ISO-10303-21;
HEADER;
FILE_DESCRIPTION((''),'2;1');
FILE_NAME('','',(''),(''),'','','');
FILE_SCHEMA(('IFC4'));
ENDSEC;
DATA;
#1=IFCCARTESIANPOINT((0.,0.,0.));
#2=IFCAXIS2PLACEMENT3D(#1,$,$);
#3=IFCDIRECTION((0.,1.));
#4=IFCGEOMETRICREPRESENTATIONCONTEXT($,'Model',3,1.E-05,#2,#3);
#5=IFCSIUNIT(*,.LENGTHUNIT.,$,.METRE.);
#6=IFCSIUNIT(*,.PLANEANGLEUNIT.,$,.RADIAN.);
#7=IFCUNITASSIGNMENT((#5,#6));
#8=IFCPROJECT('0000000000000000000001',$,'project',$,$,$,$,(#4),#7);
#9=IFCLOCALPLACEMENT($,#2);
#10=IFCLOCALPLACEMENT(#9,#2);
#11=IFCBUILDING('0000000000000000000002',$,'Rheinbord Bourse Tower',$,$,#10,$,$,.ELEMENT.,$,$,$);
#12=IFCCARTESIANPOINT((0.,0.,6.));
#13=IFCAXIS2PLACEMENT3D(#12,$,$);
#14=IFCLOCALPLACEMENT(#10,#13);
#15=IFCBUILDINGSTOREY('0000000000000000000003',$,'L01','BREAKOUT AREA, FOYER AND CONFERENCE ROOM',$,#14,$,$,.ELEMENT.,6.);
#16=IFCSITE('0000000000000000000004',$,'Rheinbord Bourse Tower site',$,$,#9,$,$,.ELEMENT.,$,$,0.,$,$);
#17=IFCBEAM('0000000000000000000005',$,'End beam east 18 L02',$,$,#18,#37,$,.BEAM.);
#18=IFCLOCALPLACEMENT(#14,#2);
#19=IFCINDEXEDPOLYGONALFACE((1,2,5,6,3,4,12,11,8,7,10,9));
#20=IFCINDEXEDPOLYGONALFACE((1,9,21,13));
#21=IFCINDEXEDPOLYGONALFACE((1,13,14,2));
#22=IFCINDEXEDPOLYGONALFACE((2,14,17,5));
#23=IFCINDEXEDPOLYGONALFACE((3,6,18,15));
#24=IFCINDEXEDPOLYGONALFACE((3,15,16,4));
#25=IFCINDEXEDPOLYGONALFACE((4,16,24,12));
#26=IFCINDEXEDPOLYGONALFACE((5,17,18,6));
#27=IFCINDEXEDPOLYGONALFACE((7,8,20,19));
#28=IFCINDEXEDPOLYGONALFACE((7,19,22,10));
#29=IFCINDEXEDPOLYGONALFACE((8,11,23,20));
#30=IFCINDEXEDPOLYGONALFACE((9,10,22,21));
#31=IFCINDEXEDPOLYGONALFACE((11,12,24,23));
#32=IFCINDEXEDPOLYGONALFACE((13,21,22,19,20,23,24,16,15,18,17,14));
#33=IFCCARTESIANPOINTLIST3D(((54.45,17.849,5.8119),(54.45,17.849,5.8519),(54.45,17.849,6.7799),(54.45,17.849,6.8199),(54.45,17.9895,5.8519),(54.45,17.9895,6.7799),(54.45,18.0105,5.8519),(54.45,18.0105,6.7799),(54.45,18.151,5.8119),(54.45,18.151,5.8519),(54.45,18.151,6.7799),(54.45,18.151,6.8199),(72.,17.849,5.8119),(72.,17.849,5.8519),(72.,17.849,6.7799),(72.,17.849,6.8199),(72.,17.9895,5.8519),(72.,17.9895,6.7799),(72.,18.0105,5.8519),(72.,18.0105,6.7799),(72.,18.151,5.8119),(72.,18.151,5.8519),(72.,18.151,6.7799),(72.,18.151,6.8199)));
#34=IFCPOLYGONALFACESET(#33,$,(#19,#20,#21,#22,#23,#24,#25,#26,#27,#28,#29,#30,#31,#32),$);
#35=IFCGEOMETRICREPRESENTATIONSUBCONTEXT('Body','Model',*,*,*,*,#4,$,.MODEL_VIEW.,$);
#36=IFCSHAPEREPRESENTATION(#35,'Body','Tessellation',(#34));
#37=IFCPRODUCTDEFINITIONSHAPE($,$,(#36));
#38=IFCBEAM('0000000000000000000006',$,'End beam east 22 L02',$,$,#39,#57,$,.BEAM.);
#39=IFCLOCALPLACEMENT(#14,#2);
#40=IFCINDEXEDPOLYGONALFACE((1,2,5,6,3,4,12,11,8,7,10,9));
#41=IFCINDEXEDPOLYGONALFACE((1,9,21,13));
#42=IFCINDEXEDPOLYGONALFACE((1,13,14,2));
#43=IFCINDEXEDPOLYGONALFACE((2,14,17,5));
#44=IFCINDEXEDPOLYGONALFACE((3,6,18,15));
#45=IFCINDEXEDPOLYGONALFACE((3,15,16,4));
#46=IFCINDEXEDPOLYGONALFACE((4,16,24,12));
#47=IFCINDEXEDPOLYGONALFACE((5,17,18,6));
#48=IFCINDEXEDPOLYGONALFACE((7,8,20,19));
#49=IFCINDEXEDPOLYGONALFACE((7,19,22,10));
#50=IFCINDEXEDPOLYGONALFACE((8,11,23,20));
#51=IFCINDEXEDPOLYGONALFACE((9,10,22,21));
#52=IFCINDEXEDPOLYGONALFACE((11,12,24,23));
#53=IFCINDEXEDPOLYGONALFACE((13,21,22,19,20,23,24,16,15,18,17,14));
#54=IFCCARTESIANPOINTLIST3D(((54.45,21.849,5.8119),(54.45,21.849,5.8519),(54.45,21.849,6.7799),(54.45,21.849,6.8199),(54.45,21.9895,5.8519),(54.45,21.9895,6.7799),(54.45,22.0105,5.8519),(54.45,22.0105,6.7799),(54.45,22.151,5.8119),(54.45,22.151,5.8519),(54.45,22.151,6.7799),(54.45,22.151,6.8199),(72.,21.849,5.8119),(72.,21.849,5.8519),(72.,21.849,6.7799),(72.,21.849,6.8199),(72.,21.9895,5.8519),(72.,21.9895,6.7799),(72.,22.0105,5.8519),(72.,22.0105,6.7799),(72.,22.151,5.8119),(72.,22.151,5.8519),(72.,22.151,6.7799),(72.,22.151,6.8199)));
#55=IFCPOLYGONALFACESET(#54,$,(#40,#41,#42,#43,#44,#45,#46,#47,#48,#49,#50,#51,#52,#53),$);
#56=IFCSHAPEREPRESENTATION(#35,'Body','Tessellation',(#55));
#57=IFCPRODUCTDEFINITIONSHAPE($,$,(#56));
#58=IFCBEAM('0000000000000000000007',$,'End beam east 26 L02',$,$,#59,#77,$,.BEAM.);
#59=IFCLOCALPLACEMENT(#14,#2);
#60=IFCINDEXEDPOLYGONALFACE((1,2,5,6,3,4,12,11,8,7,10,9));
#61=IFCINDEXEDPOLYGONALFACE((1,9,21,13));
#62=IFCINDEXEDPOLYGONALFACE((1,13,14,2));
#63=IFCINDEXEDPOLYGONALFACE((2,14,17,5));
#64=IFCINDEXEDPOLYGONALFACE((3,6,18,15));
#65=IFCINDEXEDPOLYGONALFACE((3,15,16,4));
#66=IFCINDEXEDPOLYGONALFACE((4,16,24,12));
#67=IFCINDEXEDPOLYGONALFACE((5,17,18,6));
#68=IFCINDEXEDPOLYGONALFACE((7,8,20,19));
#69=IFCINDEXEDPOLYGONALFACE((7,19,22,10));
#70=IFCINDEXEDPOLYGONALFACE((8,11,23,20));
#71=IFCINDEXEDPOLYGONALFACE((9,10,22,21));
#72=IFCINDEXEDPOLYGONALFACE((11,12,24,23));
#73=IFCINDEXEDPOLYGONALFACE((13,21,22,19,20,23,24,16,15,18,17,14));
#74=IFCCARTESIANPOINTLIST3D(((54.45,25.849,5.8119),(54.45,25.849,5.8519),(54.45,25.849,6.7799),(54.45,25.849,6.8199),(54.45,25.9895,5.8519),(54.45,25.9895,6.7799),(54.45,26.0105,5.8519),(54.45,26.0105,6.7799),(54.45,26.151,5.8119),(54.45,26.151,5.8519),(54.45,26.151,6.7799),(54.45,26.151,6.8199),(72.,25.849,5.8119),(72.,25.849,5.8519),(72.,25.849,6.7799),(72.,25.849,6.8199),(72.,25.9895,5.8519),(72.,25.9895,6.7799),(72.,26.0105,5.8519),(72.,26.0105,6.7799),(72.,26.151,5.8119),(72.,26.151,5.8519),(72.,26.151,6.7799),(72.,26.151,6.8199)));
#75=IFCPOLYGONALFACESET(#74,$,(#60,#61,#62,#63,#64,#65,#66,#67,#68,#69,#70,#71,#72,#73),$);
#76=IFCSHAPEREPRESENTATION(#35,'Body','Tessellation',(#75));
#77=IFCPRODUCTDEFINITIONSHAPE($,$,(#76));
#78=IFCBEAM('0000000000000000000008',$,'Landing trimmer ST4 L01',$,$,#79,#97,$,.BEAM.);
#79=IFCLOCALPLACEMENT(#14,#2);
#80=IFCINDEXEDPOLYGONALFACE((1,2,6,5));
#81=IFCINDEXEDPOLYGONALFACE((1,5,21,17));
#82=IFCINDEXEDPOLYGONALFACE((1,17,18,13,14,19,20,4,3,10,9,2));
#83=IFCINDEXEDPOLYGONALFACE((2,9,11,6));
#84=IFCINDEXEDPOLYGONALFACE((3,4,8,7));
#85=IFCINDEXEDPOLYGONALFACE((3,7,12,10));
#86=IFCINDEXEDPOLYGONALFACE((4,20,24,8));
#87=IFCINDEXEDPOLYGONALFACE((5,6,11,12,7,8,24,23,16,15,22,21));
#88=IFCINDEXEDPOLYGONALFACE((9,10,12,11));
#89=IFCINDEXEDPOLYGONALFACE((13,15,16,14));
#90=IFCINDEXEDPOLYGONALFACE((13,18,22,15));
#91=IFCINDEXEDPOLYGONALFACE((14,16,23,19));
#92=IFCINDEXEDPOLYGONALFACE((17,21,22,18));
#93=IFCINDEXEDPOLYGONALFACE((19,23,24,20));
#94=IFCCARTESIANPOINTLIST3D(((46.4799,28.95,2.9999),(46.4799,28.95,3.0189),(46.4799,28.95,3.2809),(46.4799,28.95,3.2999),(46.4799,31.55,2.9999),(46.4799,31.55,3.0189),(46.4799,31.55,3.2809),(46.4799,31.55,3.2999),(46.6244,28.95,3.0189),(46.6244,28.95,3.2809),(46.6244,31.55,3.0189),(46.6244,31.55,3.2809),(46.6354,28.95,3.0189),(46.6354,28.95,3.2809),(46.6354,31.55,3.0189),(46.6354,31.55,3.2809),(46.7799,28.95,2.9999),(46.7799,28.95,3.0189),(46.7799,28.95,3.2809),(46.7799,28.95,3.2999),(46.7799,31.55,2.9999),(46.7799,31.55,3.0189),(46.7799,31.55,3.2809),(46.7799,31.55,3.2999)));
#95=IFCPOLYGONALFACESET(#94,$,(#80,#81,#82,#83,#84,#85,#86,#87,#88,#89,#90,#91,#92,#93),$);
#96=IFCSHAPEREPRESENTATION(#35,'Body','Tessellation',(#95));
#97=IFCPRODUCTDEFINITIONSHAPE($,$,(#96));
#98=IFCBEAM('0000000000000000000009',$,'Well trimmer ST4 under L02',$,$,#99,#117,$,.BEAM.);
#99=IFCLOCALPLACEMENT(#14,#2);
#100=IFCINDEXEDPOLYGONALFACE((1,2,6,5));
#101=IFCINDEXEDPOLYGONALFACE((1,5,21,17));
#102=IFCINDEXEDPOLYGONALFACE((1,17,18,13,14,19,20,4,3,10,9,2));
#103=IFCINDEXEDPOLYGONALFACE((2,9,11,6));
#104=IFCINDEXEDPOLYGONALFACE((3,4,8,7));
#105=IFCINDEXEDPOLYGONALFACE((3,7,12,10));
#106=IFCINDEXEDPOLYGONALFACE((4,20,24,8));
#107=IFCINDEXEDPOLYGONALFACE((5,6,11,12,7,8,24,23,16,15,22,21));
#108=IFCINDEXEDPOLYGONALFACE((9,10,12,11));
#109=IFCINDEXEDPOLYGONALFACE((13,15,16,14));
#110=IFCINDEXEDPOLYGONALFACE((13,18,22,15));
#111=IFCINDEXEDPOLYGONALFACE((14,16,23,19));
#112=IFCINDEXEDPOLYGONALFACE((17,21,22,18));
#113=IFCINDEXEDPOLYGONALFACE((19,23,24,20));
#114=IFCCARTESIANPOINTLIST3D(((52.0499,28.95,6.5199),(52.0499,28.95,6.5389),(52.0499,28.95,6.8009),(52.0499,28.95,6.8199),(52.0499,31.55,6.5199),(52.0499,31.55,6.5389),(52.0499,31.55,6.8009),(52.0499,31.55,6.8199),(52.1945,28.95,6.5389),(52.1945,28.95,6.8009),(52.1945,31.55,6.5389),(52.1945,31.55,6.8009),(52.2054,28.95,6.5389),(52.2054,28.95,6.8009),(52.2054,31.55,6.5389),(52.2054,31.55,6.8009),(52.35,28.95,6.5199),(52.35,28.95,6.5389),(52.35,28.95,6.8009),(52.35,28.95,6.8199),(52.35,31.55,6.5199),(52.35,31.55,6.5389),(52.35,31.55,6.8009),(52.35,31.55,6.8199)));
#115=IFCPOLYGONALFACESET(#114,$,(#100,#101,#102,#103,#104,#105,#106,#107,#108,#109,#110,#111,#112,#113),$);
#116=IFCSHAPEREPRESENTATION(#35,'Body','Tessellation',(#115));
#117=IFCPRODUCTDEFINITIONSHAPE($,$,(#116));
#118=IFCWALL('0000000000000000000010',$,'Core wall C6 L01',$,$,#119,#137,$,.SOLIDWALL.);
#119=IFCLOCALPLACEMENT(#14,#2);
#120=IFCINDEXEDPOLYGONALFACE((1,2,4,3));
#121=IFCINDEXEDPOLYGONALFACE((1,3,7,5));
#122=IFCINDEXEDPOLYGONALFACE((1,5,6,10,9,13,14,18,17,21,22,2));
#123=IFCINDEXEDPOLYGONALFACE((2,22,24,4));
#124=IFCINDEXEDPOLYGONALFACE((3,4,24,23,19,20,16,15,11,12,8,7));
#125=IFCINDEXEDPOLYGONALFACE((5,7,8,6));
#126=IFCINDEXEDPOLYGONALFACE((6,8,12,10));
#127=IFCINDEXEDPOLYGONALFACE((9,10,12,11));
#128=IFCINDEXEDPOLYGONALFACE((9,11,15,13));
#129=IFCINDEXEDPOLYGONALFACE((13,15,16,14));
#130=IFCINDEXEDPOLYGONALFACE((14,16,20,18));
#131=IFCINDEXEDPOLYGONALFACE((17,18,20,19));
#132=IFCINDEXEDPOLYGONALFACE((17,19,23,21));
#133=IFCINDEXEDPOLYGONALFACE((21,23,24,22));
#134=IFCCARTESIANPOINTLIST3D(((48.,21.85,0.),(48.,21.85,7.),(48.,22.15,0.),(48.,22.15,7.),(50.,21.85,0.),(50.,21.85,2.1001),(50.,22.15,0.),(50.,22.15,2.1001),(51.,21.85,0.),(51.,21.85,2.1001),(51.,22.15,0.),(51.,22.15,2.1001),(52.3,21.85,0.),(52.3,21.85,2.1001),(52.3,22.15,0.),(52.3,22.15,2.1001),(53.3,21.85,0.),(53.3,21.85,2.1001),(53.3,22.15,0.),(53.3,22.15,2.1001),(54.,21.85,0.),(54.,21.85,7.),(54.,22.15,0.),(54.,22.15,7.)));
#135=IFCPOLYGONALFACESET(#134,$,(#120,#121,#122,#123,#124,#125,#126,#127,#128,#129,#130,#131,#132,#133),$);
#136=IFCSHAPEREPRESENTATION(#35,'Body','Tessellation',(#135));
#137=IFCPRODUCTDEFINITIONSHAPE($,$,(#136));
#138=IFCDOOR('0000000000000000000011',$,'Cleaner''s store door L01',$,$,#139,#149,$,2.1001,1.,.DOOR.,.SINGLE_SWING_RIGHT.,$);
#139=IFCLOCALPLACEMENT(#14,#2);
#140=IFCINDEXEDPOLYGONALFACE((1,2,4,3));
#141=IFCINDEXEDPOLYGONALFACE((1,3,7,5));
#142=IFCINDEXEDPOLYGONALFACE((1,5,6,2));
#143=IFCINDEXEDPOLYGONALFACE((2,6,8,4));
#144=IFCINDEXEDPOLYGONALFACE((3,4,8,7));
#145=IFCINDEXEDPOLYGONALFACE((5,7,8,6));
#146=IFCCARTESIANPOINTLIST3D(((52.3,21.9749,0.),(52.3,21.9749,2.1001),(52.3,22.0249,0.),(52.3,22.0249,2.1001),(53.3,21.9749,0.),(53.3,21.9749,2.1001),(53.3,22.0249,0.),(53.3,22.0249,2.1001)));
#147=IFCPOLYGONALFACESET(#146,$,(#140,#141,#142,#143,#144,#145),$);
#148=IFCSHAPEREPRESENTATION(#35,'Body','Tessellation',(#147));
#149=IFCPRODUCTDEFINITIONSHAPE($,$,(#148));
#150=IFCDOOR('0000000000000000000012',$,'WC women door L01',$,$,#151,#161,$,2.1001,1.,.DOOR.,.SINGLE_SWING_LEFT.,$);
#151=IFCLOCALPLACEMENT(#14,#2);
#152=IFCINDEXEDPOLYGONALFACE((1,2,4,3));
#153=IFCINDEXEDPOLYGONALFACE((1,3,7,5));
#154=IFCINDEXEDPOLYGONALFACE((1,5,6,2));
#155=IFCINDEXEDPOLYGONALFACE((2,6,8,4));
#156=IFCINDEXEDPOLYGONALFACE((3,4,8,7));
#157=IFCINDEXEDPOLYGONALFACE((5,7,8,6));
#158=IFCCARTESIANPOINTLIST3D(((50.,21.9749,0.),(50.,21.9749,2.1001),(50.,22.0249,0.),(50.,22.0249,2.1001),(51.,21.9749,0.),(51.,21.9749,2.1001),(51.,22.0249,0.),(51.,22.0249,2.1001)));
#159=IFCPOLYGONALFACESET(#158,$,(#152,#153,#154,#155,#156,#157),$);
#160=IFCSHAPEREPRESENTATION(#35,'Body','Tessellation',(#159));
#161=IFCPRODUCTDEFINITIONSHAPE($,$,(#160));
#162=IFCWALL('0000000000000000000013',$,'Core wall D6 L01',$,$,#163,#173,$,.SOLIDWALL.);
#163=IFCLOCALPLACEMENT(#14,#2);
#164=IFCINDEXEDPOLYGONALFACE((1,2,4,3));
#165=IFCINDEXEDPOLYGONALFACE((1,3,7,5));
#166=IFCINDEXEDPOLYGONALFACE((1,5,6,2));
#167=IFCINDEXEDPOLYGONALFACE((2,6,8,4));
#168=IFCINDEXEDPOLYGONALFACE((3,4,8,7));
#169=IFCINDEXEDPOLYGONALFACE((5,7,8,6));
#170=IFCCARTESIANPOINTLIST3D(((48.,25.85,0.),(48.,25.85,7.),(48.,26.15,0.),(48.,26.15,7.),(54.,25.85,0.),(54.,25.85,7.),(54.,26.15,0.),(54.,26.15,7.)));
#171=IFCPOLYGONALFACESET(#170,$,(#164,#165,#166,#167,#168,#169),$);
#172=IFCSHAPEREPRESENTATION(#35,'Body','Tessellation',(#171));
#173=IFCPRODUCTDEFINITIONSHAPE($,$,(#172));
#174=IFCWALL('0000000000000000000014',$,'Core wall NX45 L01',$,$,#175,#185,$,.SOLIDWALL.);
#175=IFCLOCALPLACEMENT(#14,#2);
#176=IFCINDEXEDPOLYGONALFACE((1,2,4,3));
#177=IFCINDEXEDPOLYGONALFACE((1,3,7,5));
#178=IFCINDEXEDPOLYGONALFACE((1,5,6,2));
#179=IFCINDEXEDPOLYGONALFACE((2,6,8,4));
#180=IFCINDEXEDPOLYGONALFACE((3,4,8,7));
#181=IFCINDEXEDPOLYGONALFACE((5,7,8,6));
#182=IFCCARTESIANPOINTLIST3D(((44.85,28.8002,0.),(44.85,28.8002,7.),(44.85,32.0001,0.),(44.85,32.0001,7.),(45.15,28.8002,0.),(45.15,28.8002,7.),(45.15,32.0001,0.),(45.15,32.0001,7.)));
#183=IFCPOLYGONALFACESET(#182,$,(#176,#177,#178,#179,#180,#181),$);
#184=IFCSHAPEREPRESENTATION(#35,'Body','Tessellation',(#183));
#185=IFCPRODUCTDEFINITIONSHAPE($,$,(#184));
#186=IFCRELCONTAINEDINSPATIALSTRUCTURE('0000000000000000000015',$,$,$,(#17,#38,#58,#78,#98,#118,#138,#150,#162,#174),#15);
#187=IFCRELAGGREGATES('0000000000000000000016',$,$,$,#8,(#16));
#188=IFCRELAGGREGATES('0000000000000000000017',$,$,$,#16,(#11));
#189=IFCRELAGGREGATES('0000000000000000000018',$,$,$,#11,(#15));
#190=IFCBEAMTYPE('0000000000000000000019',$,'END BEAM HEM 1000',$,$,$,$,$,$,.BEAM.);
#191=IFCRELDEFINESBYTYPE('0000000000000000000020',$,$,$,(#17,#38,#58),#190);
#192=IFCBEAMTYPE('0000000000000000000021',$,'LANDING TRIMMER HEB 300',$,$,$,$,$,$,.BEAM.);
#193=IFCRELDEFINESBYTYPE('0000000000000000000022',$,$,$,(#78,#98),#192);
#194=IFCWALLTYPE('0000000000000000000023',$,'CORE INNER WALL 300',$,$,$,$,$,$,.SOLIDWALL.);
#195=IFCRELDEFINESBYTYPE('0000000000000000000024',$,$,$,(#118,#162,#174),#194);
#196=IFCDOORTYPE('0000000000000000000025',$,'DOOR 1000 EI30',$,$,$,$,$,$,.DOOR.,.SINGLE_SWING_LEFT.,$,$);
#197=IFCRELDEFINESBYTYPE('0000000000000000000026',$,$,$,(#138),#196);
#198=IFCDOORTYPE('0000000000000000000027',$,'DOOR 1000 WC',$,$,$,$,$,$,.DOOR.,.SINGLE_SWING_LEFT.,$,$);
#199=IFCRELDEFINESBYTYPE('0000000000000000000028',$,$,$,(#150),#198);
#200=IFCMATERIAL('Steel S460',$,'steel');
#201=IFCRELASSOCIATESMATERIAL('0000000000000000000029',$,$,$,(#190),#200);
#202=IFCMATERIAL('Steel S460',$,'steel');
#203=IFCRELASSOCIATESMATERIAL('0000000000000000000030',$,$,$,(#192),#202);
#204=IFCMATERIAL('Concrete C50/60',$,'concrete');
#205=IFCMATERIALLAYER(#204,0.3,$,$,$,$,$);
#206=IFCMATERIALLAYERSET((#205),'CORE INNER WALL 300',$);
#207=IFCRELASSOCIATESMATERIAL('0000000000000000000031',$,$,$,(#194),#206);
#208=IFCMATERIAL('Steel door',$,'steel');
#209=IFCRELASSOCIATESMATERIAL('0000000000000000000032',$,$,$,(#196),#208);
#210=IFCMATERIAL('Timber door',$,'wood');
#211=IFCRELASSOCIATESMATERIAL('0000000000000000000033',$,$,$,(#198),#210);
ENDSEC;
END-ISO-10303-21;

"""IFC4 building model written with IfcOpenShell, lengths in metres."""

from ifc_helpers import new_model, si_unit, direction, frame, frame_2d, origin, origin_2d, place, context, subcontext, project, spatial, rectangle, i_section, extrude, material, layer, layer_set, material_profile, profile_set, type_object, element, fill, save


model = new_model("IFC4")

# Units and contexts
model_context = context("Model", 3, precision=1e-05, world=origin(), true_north=direction((0.0, 1.0)))
body_context = subcontext(model_context, "Body", "Model", "MODEL_VIEW")
ifc_project = project(units=[si_unit("LENGTHUNIT", "METRE"), si_unit("PLANEANGLEUNIT", "RADIAN")], contexts=[model_context])

# Site, building, storey
site_placement = place(None, origin())
site = spatial("IfcSite", under=ifc_project, at=site_placement, Name="Rheinbord Bourse Tower site", CompositionType="ELEMENT", RefElevation=0.0)
building_placement = place(site_placement, origin())
building = spatial("IfcBuilding", under=site, at=building_placement, Name="Rheinbord Bourse Tower", CompositionType="ELEMENT")
storey_placement = place(building_placement, frame((0.0, 0.0, 6.0)))
storey = spatial("IfcBuildingStorey", under=building, at=storey_placement, Name="L01", Description="BREAKOUT AREA, FOYER AND CONFERENCE ROOM", CompositionType="ELEMENT", Elevation=6.0)

# Beams
ifc_material_1 = material(Name="Steel S460", Category="steel")
ifc_material_profile_1 = material_profile(ifc_material_1, i_section(OverallWidth=0.302, OverallDepth=1.0081, WebThickness=0.021, FlangeThickness=0.04, at=origin_2d()), Name="HEM 1000")
ifc_profile_set_1 = profile_set([ifc_material_profile_1], Name="Steel S460")
beam_type_1 = type_object("IfcBeamType", Name="END BEAM HEM 1000", PredefinedType="BEAM", material=ifc_profile_set_1)
for number, where, z_axis, x_axis, name in (
    (1, (54.45, 18.0, 6.3159), (1.0, 0.0, 0.0), (0.0, 1.0, 0.0), "End beam east 18 L02"),
    (2, (54.45, 22.0, 6.3159), (1.0, 0.0, 0.0), (0.0, 1.0, 0.0), "End beam east 22 L02"),
    (3, (54.45, 26.0, 6.3159), (1.0, 0.0, 0.0), (0.0, 1.0, 0.0), "End beam east 26 L02"),
):
    element("IfcBeam", number, at=place(storey_placement, frame(where, z_axis=z_axis, x_axis=x_axis)), inside=storey, type_object=beam_type_1, Name=name, PredefinedType="BEAM", context=body_context, shape_type="SweptSolid", body=[
        extrude(i_section(OverallWidth=0.302, OverallDepth=1.0081, WebThickness=0.021, FlangeThickness=0.04, at=origin_2d()), origin(), (0.0, 0.0, 1.0), 17.55),
    ])
ifc_material_2 = material(Name="Steel S460", Category="steel")
ifc_material_profile_2 = material_profile(ifc_material_2, i_section(OverallWidth=0.3, OverallDepth=0.3, WebThickness=0.011, FlangeThickness=0.019, at=origin_2d()), Name="HEB 300")
ifc_profile_set_2 = profile_set([ifc_material_profile_2], Name="Steel S460")
beam_type_2 = type_object("IfcBeamType", Name="LANDING TRIMMER HEB 300", PredefinedType="BEAM", material=ifc_profile_set_2)
for number, where, z_axis, x_axis, name in (
    (4, (46.6299, 28.95, 3.1499), (0.0, 1.0, 0.0), (-1.0, 0.0, 0.0), "Landing trimmer ST4 L01"),
    (5, (52.2, 28.95, 6.6699), (0.0, 1.0, 0.0), (-1.0, 0.0, 0.0), "Well trimmer ST4 under L02"),
):
    element("IfcBeam", number, at=place(storey_placement, frame(where, z_axis=z_axis, x_axis=x_axis)), inside=storey, type_object=beam_type_2, Name=name, PredefinedType="BEAM", context=body_context, shape_type="SweptSolid", body=[
        extrude(i_section(OverallWidth=0.3, OverallDepth=0.3, WebThickness=0.011, FlangeThickness=0.019, at=origin_2d()), origin(), (0.0, 0.0, 1.0), 2.6001),
    ])

# Wall, openings, doors
ifc_material_3 = material(Name="Concrete C50/60", Category="concrete")
ifc_layer_1 = layer(ifc_material_3, 0.3)
ifc_layer_set_1 = layer_set([ifc_layer_1], Name="CORE INNER WALL 300")
wall_type_1 = type_object("IfcWallType", Name="CORE INNER WALL 300", PredefinedType="SOLIDWALL", material=ifc_layer_set_1)
wall_1_placement = place(storey_placement, frame((48.0, 22.0, 0.0), z_axis=(0.0, 0.0, 1.0), x_axis=(1.0, 0.0, 0.0)))
wall_1 = element("IfcWall", 6, at=wall_1_placement, inside=storey, type_object=wall_type_1, Name="Core wall C6 L01", PredefinedType="SOLIDWALL", context=body_context, shape_type="SweptSolid", body=[
    extrude(rectangle(XDim=6.0, YDim=0.3, at=frame_2d((3.0, 0.0))), origin(), (0.0, 0.0, 1.0), 7.0),
])
opening_1_placement = place(wall_1_placement, frame((2.0, 0.0, 0.0)))
opening_1 = element("IfcOpeningElement", 7, at=opening_1_placement, cuts=wall_1, PredefinedType="OPENING", context=body_context, shape_type="SweptSolid", body=[
    extrude(rectangle(XDim=1.0, YDim=2.1001, at=frame_2d((0.5, 1.05))), frame((0.0, 0.1599, 0.0), z_axis=(0.0, -1.0, 0.0), x_axis=(1.0, 0.0, 0.0)), (0.0, 0.0, 1.0), 0.3201),
])
opening_2_placement = place(wall_1_placement, frame((4.3, 0.0, 0.0)))
opening_2 = element("IfcOpeningElement", 8, at=opening_2_placement, cuts=wall_1, PredefinedType="OPENING", context=body_context, shape_type="SweptSolid", body=[
    extrude(rectangle(XDim=1.0, YDim=2.1001, at=frame_2d((0.5, 1.05))), frame((0.0, 0.1599, 0.0), z_axis=(0.0, -1.0, 0.0), x_axis=(1.0, 0.0, 0.0)), (0.0, 0.0, 1.0), 0.3201),
])
ifc_material_4 = material(Name="Steel door", Category="steel")
door_type_1 = type_object("IfcDoorType", Name="DOOR 1000 EI30", OperationType="SINGLE_SWING_LEFT", PredefinedType="DOOR", material=ifc_material_4)
door_1_placement = place(opening_2_placement, origin())
door_1 = element("IfcDoor", 9, at=door_1_placement, inside=storey, type_object=door_type_1, Name="Cleaner's store door L01", OperationType="SINGLE_SWING_RIGHT", OverallHeight=2.1001, OverallWidth=1.0, PredefinedType="DOOR", context=body_context, shape_type="SweptSolid", body=[
    extrude(rectangle(XDim=1.0, YDim=2.1001, at=frame_2d((0.5, 1.05))), frame((0.0, 0.0249, 0.0), z_axis=(0.0, -1.0, 0.0), x_axis=(1.0, 0.0, 0.0)), (0.0, 0.0, 1.0), 0.05),
])
fill(opening_2, door_1)
ifc_material_5 = material(Name="Timber door", Category="wood")
door_type_2 = type_object("IfcDoorType", Name="DOOR 1000 WC", OperationType="SINGLE_SWING_LEFT", PredefinedType="DOOR", material=ifc_material_5)
door_2_placement = place(opening_1_placement, origin())
door_2 = element("IfcDoor", 10, at=door_2_placement, inside=storey, type_object=door_type_2, Name="WC women door L01", OperationType="SINGLE_SWING_LEFT", OverallHeight=2.1001, OverallWidth=1.0, PredefinedType="DOOR", context=body_context, shape_type="SweptSolid", body=[
    extrude(rectangle(XDim=1.0, YDim=2.1001, at=frame_2d((0.5, 1.05))), frame((0.0, 0.0249, 0.0), z_axis=(0.0, -1.0, 0.0), x_axis=(1.0, 0.0, 0.0)), (0.0, 0.0, 1.0), 0.05),
])
fill(opening_1, door_2)

# Walls
wall_2_placement = place(storey_placement, frame((48.0, 26.0, 0.0), z_axis=(0.0, 0.0, 1.0), x_axis=(1.0, 0.0, 0.0)))
element("IfcWall", 11, at=wall_2_placement, inside=storey, type_object=wall_type_1, Name="Core wall D6 L01", PredefinedType="SOLIDWALL", context=body_context, shape_type="SweptSolid", body=[
    extrude(rectangle(XDim=6.0, YDim=0.3, at=frame_2d((3.0, 0.0))), origin(), (0.0, 0.0, 1.0), 7.0),
])
wall_3_placement = place(storey_placement, frame((45.0, 28.8, 0.0), z_axis=(0.0, 0.0, 1.0), x_axis=(0.0, 1.0, 0.0)))
element("IfcWall", 12, at=wall_3_placement, inside=storey, type_object=wall_type_1, Name="Core wall NX45 L01", PredefinedType="SOLIDWALL", context=body_context, shape_type="SweptSolid", body=[
    extrude(rectangle(XDim=3.2, YDim=0.3, at=frame_2d((1.6001, 0.0))), origin(), (0.0, 0.0, 1.0), 7.0),
])

save(model, "model.ifc")
